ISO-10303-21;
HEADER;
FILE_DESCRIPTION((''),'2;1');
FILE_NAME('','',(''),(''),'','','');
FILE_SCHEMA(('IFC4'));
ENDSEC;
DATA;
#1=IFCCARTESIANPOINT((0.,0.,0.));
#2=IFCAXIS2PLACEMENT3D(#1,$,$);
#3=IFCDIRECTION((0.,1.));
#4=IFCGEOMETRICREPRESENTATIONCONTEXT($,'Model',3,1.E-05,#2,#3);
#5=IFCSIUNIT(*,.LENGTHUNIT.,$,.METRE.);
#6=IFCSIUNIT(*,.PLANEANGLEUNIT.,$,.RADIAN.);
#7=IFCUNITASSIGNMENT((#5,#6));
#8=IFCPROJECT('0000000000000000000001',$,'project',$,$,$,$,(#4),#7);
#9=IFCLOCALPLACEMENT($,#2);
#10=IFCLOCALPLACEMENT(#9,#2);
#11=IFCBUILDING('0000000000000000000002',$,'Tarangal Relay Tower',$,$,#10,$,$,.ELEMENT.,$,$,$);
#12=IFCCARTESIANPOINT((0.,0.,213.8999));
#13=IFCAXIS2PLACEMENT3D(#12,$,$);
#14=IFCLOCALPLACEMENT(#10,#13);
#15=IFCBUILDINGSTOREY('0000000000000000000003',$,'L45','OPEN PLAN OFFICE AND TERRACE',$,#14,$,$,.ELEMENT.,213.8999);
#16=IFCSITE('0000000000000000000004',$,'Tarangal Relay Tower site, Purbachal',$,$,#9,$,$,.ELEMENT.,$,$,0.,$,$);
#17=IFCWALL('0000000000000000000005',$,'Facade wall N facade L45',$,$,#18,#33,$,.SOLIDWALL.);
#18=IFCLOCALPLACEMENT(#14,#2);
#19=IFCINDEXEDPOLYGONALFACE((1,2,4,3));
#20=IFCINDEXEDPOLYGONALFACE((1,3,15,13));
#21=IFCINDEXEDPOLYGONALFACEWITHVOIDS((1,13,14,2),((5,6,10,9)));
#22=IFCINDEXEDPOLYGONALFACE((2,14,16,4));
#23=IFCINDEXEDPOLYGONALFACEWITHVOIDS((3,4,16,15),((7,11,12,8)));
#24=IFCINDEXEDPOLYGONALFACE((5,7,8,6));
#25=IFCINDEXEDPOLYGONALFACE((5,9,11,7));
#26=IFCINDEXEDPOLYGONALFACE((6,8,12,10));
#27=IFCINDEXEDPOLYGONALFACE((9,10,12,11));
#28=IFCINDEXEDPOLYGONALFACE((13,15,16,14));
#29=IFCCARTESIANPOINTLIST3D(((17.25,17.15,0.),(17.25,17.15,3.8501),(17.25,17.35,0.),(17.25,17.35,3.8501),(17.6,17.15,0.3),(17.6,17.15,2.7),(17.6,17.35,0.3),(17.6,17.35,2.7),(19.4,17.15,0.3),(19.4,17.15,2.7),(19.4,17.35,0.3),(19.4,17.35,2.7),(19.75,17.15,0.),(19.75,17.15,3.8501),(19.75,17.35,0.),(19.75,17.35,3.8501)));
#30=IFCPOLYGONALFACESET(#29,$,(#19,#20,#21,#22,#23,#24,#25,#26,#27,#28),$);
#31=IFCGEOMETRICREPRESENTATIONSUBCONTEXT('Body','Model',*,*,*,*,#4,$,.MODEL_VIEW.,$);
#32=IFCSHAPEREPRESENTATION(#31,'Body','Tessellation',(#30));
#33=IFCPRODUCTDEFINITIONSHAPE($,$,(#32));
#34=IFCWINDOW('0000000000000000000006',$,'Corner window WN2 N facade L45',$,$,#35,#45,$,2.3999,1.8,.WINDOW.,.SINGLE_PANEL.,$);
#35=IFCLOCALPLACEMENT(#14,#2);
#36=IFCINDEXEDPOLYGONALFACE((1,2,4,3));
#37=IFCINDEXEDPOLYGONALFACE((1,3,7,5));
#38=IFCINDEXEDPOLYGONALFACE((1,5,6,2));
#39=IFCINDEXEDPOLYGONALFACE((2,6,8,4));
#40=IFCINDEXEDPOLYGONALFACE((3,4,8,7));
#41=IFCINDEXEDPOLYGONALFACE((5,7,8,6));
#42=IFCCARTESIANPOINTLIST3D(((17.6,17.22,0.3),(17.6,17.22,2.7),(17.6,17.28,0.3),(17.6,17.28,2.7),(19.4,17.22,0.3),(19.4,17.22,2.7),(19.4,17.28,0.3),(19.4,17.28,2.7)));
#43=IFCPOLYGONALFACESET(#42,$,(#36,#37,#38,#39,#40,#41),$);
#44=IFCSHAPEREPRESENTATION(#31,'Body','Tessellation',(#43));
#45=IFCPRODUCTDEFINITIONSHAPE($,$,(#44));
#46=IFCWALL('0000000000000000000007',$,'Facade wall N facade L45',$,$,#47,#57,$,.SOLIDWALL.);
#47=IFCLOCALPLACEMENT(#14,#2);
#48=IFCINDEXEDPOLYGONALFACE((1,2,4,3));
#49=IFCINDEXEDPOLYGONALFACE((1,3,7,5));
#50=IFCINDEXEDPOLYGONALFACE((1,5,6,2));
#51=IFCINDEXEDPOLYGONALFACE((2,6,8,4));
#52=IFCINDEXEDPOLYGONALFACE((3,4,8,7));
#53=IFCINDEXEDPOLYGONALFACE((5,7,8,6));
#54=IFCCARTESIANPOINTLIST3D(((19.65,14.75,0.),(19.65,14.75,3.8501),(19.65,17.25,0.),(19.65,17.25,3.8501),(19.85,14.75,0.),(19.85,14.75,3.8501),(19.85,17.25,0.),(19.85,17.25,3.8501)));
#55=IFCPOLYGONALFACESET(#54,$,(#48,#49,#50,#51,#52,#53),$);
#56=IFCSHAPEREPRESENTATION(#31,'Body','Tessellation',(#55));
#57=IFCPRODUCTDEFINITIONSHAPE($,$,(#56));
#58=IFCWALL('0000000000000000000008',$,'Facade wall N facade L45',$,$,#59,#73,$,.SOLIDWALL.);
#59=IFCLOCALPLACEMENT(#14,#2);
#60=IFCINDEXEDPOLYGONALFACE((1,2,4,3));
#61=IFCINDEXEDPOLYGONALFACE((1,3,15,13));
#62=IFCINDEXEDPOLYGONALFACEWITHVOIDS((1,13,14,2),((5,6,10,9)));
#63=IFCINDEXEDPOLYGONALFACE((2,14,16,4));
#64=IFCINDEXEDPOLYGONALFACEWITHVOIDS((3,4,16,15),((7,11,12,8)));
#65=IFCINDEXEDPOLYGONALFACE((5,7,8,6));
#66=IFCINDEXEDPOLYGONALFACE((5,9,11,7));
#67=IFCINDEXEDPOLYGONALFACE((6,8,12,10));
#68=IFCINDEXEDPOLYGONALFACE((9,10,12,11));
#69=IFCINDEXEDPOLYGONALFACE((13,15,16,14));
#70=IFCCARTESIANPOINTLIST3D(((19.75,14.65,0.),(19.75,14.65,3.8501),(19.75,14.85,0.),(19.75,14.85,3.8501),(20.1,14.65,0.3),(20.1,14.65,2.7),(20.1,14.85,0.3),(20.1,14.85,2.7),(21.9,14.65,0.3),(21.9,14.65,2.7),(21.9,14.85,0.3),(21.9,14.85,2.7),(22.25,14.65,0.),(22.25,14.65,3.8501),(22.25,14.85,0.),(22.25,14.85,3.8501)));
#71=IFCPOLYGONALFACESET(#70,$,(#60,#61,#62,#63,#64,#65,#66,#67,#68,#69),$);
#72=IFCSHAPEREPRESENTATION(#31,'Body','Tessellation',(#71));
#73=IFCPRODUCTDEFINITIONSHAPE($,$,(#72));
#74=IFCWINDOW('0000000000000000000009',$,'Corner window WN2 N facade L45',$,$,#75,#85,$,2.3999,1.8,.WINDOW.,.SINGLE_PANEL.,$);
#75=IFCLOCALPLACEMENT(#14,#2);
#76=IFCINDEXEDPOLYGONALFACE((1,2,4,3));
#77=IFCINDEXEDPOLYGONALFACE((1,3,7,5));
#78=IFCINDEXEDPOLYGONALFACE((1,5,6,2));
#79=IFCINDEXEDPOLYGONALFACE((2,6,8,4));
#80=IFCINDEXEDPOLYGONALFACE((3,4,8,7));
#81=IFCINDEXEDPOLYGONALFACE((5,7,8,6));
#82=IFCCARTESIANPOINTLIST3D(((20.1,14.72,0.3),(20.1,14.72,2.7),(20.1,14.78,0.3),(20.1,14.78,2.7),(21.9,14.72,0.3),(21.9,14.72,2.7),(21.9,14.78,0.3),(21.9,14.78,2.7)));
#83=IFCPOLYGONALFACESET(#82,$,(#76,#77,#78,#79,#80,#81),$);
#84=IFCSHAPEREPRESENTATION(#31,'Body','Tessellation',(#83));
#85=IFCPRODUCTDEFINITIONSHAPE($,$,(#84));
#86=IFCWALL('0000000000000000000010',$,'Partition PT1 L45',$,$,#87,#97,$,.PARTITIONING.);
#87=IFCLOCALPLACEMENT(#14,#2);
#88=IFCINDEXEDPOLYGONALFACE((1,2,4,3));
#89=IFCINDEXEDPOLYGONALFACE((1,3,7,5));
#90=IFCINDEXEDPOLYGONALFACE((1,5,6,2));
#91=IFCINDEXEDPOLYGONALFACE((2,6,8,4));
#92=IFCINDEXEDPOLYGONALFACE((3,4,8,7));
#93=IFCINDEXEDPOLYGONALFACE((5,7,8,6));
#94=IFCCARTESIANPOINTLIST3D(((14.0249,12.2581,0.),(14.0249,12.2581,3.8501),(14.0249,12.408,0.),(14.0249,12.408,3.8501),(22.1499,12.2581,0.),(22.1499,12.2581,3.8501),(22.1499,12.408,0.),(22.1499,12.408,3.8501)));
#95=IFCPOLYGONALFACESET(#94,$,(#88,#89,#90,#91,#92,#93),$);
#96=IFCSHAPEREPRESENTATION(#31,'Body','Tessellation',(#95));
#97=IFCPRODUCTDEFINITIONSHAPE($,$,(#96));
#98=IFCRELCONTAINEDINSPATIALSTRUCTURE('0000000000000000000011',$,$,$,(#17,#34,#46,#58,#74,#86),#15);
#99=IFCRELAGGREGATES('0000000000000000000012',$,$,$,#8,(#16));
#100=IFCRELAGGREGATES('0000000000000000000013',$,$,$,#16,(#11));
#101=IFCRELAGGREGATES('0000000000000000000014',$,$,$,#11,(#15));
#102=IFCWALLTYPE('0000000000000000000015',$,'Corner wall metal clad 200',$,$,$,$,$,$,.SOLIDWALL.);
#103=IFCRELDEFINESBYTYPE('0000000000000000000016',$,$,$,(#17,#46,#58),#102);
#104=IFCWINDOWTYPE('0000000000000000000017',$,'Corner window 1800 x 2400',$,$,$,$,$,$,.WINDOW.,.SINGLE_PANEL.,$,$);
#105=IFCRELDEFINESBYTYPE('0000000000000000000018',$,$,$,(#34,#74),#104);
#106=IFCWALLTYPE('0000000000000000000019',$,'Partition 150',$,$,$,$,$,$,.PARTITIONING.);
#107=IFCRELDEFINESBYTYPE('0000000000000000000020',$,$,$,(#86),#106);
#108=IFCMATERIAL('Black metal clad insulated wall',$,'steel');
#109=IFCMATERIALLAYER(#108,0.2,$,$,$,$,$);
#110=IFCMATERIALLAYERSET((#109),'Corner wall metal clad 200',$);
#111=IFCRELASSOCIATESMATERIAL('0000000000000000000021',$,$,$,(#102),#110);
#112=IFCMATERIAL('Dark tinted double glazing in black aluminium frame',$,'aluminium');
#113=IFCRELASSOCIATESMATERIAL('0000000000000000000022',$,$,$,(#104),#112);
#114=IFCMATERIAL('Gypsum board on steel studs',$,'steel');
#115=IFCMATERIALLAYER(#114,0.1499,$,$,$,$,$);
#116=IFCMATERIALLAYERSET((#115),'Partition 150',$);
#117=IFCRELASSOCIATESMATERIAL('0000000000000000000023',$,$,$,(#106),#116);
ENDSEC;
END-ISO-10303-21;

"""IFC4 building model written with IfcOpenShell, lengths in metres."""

from ifc_helpers import new_model, si_unit, direction, frame, frame_2d, origin, place, context, subcontext, project, spatial, rectangle, extrude, material, layer, layer_set, type_object, element, fill, save


model = new_model("IFC4")

# Units and contexts
model_context = context("Model", 3, precision=1e-05, world=origin(), true_north=direction((0.0, 1.0)))
body_context = subcontext(model_context, "Body", "Model", "MODEL_VIEW")
ifc_project = project(units=[si_unit("LENGTHUNIT", "METRE"), si_unit("PLANEANGLEUNIT", "RADIAN")], contexts=[model_context])

# Site, building, storey
site_placement = place(None, origin())
site = spatial("IfcSite", under=ifc_project, at=site_placement, Name="Tarangal Relay Tower site, Purbachal", CompositionType="ELEMENT", RefElevation=0.0)
building_placement = place(site_placement, origin())
building = spatial("IfcBuilding", under=site, at=building_placement, Name="Tarangal Relay Tower", CompositionType="ELEMENT")
storey_placement = place(building_placement, frame((0.0, 0.0, 213.8999)))
storey = spatial("IfcBuildingStorey", under=building, at=storey_placement, Name="L45", Description="OPEN PLAN OFFICE AND TERRACE", CompositionType="ELEMENT", Elevation=213.8999)

# Shared definitions
ifc_material_1 = material(Name="Black metal clad insulated wall", Category="steel")
ifc_layer_1 = layer(ifc_material_1, 0.2)
ifc_layer_set_1 = layer_set([ifc_layer_1], Name="Corner wall metal clad 200")
wall_type_1 = type_object("IfcWallType", Name="Corner wall metal clad 200", PredefinedType="SOLIDWALL", material=ifc_layer_set_1)

# Shared definitions
ifc_material_2 = material(Name="Dark tinted double glazing in black aluminium frame", Category="aluminium")
window_type = type_object("IfcWindowType", Name="Corner window 1800 x 2400", PartitioningType="SINGLE_PANEL", PredefinedType="WINDOW", material=ifc_material_2)

# Wall, opening, window
wall_1_placement = place(storey_placement, frame((17.25, 17.25, 0.0), z_axis=(0.0, 0.0, 1.0), x_axis=(1.0, 0.0, 0.0)))
wall_1 = element("IfcWall", 1, at=wall_1_placement, inside=storey, type_object=wall_type_1, Name="Facade wall N facade L45", PredefinedType="SOLIDWALL", context=body_context, shape_type="SweptSolid", body=[
    extrude(rectangle(XDim=2.5, YDim=0.2, at=frame_2d((1.25, 0.0))), origin(), (0.0, 0.0, 1.0), 3.8501),
])
opening_1_placement = place(wall_1_placement, frame((0.3501, 0.0, 0.3)))
opening_1 = element("IfcOpeningElement", 2, at=opening_1_placement, cuts=wall_1, PredefinedType="OPENING", context=body_context, shape_type="SweptSolid", body=[
    extrude(rectangle(XDim=1.8, YDim=2.3999, at=frame_2d((0.8999, 1.2))), frame((0.0, 0.1099, 0.0), z_axis=(0.0, -1.0, 0.0), x_axis=(1.0, 0.0, 0.0)), (0.0, 0.0, 1.0), 0.22),
])
window_1_placement = place(opening_1_placement, origin())
window_1 = element("IfcWindow", 3, at=window_1_placement, inside=storey, type_object=window_type, Name="Corner window WN2 N facade L45", OverallHeight=2.3999, OverallWidth=1.8, PartitioningType="SINGLE_PANEL", PredefinedType="WINDOW", context=body_context, shape_type="SweptSolid", body=[
    extrude(rectangle(XDim=1.8, YDim=2.3999, at=frame_2d((0.8999, 1.2))), frame((0.0, 0.03, 0.0), z_axis=(0.0, -1.0, 0.0), x_axis=(1.0, 0.0, 0.0)), (0.0, 0.0, 1.0), 0.0601),
])
fill(opening_1, window_1)

# Wall
wall_2_placement = place(storey_placement, frame((19.75, 17.25, 0.0), z_axis=(0.0, 0.0, 1.0), x_axis=(0.0, -1.0, 0.0)))
element("IfcWall", 4, at=wall_2_placement, inside=storey, type_object=wall_type_1, Name="Facade wall N facade L45", PredefinedType="SOLIDWALL", context=body_context, shape_type="SweptSolid", body=[
    extrude(rectangle(XDim=2.5, YDim=0.2, at=frame_2d((1.25, 0.0))), origin(), (0.0, 0.0, 1.0), 3.8501),
])

# Wall, opening, window
wall_3_placement = place(storey_placement, frame((19.75, 14.75, 0.0), z_axis=(0.0, 0.0, 1.0), x_axis=(1.0, 0.0, 0.0)))
wall_3 = element("IfcWall", 5, at=wall_3_placement, inside=storey, type_object=wall_type_1, Name="Facade wall N facade L45", PredefinedType="SOLIDWALL", context=body_context, shape_type="SweptSolid", body=[
    extrude(rectangle(XDim=2.5, YDim=0.2, at=frame_2d((1.25, 0.0))), origin(), (0.0, 0.0, 1.0), 3.8501),
])
opening_2_placement = place(wall_3_placement, frame((0.3501, 0.0, 0.3)))
opening_2 = element("IfcOpeningElement", 6, at=opening_2_placement, cuts=wall_3, PredefinedType="OPENING", context=body_context, shape_type="SweptSolid", body=[
    extrude(rectangle(XDim=1.8, YDim=2.3999, at=frame_2d((0.8999, 1.2))), frame((0.0, 0.1099, 0.0), z_axis=(0.0, -1.0, 0.0), x_axis=(1.0, 0.0, 0.0)), (0.0, 0.0, 1.0), 0.22),
])
window_2_placement = place(opening_2_placement, origin())
window_2 = element("IfcWindow", 7, at=window_2_placement, inside=storey, type_object=window_type, Name="Corner window WN2 N facade L45", OverallHeight=2.3999, OverallWidth=1.8, PartitioningType="SINGLE_PANEL", PredefinedType="WINDOW", context=body_context, shape_type="SweptSolid", body=[
    extrude(rectangle(XDim=1.8, YDim=2.3999, at=frame_2d((0.8999, 1.2))), frame((0.0, 0.03, 0.0), z_axis=(0.0, -1.0, 0.0), x_axis=(1.0, 0.0, 0.0)), (0.0, 0.0, 1.0), 0.0601),
])
fill(opening_2, window_2)

# Wall
ifc_material_3 = material(Name="Gypsum board on steel studs", Category="steel")
ifc_layer_2 = layer(ifc_material_3, 0.1499)
ifc_layer_set_2 = layer_set([ifc_layer_2], Name="Partition 150")
wall_type_2 = type_object("IfcWallType", Name="Partition 150", PredefinedType="PARTITIONING", material=ifc_layer_set_2)
wall_4_placement = place(storey_placement, frame((14.0249, 12.333, 0.0), z_axis=(0.0, 0.0, 1.0), x_axis=(1.0, 0.0, 0.0)))
element("IfcWall", 8, at=wall_4_placement, inside=storey, type_object=wall_type_2, Name="Partition PT1 L45", PredefinedType="PARTITIONING", context=body_context, shape_type="SweptSolid", body=[
    extrude(rectangle(XDim=8.125, YDim=0.1499, at=frame_2d((4.0625, 0.0))), origin(), (0.0, 0.0, 1.0), 3.8501),
])

save(model, "model.ifc")
